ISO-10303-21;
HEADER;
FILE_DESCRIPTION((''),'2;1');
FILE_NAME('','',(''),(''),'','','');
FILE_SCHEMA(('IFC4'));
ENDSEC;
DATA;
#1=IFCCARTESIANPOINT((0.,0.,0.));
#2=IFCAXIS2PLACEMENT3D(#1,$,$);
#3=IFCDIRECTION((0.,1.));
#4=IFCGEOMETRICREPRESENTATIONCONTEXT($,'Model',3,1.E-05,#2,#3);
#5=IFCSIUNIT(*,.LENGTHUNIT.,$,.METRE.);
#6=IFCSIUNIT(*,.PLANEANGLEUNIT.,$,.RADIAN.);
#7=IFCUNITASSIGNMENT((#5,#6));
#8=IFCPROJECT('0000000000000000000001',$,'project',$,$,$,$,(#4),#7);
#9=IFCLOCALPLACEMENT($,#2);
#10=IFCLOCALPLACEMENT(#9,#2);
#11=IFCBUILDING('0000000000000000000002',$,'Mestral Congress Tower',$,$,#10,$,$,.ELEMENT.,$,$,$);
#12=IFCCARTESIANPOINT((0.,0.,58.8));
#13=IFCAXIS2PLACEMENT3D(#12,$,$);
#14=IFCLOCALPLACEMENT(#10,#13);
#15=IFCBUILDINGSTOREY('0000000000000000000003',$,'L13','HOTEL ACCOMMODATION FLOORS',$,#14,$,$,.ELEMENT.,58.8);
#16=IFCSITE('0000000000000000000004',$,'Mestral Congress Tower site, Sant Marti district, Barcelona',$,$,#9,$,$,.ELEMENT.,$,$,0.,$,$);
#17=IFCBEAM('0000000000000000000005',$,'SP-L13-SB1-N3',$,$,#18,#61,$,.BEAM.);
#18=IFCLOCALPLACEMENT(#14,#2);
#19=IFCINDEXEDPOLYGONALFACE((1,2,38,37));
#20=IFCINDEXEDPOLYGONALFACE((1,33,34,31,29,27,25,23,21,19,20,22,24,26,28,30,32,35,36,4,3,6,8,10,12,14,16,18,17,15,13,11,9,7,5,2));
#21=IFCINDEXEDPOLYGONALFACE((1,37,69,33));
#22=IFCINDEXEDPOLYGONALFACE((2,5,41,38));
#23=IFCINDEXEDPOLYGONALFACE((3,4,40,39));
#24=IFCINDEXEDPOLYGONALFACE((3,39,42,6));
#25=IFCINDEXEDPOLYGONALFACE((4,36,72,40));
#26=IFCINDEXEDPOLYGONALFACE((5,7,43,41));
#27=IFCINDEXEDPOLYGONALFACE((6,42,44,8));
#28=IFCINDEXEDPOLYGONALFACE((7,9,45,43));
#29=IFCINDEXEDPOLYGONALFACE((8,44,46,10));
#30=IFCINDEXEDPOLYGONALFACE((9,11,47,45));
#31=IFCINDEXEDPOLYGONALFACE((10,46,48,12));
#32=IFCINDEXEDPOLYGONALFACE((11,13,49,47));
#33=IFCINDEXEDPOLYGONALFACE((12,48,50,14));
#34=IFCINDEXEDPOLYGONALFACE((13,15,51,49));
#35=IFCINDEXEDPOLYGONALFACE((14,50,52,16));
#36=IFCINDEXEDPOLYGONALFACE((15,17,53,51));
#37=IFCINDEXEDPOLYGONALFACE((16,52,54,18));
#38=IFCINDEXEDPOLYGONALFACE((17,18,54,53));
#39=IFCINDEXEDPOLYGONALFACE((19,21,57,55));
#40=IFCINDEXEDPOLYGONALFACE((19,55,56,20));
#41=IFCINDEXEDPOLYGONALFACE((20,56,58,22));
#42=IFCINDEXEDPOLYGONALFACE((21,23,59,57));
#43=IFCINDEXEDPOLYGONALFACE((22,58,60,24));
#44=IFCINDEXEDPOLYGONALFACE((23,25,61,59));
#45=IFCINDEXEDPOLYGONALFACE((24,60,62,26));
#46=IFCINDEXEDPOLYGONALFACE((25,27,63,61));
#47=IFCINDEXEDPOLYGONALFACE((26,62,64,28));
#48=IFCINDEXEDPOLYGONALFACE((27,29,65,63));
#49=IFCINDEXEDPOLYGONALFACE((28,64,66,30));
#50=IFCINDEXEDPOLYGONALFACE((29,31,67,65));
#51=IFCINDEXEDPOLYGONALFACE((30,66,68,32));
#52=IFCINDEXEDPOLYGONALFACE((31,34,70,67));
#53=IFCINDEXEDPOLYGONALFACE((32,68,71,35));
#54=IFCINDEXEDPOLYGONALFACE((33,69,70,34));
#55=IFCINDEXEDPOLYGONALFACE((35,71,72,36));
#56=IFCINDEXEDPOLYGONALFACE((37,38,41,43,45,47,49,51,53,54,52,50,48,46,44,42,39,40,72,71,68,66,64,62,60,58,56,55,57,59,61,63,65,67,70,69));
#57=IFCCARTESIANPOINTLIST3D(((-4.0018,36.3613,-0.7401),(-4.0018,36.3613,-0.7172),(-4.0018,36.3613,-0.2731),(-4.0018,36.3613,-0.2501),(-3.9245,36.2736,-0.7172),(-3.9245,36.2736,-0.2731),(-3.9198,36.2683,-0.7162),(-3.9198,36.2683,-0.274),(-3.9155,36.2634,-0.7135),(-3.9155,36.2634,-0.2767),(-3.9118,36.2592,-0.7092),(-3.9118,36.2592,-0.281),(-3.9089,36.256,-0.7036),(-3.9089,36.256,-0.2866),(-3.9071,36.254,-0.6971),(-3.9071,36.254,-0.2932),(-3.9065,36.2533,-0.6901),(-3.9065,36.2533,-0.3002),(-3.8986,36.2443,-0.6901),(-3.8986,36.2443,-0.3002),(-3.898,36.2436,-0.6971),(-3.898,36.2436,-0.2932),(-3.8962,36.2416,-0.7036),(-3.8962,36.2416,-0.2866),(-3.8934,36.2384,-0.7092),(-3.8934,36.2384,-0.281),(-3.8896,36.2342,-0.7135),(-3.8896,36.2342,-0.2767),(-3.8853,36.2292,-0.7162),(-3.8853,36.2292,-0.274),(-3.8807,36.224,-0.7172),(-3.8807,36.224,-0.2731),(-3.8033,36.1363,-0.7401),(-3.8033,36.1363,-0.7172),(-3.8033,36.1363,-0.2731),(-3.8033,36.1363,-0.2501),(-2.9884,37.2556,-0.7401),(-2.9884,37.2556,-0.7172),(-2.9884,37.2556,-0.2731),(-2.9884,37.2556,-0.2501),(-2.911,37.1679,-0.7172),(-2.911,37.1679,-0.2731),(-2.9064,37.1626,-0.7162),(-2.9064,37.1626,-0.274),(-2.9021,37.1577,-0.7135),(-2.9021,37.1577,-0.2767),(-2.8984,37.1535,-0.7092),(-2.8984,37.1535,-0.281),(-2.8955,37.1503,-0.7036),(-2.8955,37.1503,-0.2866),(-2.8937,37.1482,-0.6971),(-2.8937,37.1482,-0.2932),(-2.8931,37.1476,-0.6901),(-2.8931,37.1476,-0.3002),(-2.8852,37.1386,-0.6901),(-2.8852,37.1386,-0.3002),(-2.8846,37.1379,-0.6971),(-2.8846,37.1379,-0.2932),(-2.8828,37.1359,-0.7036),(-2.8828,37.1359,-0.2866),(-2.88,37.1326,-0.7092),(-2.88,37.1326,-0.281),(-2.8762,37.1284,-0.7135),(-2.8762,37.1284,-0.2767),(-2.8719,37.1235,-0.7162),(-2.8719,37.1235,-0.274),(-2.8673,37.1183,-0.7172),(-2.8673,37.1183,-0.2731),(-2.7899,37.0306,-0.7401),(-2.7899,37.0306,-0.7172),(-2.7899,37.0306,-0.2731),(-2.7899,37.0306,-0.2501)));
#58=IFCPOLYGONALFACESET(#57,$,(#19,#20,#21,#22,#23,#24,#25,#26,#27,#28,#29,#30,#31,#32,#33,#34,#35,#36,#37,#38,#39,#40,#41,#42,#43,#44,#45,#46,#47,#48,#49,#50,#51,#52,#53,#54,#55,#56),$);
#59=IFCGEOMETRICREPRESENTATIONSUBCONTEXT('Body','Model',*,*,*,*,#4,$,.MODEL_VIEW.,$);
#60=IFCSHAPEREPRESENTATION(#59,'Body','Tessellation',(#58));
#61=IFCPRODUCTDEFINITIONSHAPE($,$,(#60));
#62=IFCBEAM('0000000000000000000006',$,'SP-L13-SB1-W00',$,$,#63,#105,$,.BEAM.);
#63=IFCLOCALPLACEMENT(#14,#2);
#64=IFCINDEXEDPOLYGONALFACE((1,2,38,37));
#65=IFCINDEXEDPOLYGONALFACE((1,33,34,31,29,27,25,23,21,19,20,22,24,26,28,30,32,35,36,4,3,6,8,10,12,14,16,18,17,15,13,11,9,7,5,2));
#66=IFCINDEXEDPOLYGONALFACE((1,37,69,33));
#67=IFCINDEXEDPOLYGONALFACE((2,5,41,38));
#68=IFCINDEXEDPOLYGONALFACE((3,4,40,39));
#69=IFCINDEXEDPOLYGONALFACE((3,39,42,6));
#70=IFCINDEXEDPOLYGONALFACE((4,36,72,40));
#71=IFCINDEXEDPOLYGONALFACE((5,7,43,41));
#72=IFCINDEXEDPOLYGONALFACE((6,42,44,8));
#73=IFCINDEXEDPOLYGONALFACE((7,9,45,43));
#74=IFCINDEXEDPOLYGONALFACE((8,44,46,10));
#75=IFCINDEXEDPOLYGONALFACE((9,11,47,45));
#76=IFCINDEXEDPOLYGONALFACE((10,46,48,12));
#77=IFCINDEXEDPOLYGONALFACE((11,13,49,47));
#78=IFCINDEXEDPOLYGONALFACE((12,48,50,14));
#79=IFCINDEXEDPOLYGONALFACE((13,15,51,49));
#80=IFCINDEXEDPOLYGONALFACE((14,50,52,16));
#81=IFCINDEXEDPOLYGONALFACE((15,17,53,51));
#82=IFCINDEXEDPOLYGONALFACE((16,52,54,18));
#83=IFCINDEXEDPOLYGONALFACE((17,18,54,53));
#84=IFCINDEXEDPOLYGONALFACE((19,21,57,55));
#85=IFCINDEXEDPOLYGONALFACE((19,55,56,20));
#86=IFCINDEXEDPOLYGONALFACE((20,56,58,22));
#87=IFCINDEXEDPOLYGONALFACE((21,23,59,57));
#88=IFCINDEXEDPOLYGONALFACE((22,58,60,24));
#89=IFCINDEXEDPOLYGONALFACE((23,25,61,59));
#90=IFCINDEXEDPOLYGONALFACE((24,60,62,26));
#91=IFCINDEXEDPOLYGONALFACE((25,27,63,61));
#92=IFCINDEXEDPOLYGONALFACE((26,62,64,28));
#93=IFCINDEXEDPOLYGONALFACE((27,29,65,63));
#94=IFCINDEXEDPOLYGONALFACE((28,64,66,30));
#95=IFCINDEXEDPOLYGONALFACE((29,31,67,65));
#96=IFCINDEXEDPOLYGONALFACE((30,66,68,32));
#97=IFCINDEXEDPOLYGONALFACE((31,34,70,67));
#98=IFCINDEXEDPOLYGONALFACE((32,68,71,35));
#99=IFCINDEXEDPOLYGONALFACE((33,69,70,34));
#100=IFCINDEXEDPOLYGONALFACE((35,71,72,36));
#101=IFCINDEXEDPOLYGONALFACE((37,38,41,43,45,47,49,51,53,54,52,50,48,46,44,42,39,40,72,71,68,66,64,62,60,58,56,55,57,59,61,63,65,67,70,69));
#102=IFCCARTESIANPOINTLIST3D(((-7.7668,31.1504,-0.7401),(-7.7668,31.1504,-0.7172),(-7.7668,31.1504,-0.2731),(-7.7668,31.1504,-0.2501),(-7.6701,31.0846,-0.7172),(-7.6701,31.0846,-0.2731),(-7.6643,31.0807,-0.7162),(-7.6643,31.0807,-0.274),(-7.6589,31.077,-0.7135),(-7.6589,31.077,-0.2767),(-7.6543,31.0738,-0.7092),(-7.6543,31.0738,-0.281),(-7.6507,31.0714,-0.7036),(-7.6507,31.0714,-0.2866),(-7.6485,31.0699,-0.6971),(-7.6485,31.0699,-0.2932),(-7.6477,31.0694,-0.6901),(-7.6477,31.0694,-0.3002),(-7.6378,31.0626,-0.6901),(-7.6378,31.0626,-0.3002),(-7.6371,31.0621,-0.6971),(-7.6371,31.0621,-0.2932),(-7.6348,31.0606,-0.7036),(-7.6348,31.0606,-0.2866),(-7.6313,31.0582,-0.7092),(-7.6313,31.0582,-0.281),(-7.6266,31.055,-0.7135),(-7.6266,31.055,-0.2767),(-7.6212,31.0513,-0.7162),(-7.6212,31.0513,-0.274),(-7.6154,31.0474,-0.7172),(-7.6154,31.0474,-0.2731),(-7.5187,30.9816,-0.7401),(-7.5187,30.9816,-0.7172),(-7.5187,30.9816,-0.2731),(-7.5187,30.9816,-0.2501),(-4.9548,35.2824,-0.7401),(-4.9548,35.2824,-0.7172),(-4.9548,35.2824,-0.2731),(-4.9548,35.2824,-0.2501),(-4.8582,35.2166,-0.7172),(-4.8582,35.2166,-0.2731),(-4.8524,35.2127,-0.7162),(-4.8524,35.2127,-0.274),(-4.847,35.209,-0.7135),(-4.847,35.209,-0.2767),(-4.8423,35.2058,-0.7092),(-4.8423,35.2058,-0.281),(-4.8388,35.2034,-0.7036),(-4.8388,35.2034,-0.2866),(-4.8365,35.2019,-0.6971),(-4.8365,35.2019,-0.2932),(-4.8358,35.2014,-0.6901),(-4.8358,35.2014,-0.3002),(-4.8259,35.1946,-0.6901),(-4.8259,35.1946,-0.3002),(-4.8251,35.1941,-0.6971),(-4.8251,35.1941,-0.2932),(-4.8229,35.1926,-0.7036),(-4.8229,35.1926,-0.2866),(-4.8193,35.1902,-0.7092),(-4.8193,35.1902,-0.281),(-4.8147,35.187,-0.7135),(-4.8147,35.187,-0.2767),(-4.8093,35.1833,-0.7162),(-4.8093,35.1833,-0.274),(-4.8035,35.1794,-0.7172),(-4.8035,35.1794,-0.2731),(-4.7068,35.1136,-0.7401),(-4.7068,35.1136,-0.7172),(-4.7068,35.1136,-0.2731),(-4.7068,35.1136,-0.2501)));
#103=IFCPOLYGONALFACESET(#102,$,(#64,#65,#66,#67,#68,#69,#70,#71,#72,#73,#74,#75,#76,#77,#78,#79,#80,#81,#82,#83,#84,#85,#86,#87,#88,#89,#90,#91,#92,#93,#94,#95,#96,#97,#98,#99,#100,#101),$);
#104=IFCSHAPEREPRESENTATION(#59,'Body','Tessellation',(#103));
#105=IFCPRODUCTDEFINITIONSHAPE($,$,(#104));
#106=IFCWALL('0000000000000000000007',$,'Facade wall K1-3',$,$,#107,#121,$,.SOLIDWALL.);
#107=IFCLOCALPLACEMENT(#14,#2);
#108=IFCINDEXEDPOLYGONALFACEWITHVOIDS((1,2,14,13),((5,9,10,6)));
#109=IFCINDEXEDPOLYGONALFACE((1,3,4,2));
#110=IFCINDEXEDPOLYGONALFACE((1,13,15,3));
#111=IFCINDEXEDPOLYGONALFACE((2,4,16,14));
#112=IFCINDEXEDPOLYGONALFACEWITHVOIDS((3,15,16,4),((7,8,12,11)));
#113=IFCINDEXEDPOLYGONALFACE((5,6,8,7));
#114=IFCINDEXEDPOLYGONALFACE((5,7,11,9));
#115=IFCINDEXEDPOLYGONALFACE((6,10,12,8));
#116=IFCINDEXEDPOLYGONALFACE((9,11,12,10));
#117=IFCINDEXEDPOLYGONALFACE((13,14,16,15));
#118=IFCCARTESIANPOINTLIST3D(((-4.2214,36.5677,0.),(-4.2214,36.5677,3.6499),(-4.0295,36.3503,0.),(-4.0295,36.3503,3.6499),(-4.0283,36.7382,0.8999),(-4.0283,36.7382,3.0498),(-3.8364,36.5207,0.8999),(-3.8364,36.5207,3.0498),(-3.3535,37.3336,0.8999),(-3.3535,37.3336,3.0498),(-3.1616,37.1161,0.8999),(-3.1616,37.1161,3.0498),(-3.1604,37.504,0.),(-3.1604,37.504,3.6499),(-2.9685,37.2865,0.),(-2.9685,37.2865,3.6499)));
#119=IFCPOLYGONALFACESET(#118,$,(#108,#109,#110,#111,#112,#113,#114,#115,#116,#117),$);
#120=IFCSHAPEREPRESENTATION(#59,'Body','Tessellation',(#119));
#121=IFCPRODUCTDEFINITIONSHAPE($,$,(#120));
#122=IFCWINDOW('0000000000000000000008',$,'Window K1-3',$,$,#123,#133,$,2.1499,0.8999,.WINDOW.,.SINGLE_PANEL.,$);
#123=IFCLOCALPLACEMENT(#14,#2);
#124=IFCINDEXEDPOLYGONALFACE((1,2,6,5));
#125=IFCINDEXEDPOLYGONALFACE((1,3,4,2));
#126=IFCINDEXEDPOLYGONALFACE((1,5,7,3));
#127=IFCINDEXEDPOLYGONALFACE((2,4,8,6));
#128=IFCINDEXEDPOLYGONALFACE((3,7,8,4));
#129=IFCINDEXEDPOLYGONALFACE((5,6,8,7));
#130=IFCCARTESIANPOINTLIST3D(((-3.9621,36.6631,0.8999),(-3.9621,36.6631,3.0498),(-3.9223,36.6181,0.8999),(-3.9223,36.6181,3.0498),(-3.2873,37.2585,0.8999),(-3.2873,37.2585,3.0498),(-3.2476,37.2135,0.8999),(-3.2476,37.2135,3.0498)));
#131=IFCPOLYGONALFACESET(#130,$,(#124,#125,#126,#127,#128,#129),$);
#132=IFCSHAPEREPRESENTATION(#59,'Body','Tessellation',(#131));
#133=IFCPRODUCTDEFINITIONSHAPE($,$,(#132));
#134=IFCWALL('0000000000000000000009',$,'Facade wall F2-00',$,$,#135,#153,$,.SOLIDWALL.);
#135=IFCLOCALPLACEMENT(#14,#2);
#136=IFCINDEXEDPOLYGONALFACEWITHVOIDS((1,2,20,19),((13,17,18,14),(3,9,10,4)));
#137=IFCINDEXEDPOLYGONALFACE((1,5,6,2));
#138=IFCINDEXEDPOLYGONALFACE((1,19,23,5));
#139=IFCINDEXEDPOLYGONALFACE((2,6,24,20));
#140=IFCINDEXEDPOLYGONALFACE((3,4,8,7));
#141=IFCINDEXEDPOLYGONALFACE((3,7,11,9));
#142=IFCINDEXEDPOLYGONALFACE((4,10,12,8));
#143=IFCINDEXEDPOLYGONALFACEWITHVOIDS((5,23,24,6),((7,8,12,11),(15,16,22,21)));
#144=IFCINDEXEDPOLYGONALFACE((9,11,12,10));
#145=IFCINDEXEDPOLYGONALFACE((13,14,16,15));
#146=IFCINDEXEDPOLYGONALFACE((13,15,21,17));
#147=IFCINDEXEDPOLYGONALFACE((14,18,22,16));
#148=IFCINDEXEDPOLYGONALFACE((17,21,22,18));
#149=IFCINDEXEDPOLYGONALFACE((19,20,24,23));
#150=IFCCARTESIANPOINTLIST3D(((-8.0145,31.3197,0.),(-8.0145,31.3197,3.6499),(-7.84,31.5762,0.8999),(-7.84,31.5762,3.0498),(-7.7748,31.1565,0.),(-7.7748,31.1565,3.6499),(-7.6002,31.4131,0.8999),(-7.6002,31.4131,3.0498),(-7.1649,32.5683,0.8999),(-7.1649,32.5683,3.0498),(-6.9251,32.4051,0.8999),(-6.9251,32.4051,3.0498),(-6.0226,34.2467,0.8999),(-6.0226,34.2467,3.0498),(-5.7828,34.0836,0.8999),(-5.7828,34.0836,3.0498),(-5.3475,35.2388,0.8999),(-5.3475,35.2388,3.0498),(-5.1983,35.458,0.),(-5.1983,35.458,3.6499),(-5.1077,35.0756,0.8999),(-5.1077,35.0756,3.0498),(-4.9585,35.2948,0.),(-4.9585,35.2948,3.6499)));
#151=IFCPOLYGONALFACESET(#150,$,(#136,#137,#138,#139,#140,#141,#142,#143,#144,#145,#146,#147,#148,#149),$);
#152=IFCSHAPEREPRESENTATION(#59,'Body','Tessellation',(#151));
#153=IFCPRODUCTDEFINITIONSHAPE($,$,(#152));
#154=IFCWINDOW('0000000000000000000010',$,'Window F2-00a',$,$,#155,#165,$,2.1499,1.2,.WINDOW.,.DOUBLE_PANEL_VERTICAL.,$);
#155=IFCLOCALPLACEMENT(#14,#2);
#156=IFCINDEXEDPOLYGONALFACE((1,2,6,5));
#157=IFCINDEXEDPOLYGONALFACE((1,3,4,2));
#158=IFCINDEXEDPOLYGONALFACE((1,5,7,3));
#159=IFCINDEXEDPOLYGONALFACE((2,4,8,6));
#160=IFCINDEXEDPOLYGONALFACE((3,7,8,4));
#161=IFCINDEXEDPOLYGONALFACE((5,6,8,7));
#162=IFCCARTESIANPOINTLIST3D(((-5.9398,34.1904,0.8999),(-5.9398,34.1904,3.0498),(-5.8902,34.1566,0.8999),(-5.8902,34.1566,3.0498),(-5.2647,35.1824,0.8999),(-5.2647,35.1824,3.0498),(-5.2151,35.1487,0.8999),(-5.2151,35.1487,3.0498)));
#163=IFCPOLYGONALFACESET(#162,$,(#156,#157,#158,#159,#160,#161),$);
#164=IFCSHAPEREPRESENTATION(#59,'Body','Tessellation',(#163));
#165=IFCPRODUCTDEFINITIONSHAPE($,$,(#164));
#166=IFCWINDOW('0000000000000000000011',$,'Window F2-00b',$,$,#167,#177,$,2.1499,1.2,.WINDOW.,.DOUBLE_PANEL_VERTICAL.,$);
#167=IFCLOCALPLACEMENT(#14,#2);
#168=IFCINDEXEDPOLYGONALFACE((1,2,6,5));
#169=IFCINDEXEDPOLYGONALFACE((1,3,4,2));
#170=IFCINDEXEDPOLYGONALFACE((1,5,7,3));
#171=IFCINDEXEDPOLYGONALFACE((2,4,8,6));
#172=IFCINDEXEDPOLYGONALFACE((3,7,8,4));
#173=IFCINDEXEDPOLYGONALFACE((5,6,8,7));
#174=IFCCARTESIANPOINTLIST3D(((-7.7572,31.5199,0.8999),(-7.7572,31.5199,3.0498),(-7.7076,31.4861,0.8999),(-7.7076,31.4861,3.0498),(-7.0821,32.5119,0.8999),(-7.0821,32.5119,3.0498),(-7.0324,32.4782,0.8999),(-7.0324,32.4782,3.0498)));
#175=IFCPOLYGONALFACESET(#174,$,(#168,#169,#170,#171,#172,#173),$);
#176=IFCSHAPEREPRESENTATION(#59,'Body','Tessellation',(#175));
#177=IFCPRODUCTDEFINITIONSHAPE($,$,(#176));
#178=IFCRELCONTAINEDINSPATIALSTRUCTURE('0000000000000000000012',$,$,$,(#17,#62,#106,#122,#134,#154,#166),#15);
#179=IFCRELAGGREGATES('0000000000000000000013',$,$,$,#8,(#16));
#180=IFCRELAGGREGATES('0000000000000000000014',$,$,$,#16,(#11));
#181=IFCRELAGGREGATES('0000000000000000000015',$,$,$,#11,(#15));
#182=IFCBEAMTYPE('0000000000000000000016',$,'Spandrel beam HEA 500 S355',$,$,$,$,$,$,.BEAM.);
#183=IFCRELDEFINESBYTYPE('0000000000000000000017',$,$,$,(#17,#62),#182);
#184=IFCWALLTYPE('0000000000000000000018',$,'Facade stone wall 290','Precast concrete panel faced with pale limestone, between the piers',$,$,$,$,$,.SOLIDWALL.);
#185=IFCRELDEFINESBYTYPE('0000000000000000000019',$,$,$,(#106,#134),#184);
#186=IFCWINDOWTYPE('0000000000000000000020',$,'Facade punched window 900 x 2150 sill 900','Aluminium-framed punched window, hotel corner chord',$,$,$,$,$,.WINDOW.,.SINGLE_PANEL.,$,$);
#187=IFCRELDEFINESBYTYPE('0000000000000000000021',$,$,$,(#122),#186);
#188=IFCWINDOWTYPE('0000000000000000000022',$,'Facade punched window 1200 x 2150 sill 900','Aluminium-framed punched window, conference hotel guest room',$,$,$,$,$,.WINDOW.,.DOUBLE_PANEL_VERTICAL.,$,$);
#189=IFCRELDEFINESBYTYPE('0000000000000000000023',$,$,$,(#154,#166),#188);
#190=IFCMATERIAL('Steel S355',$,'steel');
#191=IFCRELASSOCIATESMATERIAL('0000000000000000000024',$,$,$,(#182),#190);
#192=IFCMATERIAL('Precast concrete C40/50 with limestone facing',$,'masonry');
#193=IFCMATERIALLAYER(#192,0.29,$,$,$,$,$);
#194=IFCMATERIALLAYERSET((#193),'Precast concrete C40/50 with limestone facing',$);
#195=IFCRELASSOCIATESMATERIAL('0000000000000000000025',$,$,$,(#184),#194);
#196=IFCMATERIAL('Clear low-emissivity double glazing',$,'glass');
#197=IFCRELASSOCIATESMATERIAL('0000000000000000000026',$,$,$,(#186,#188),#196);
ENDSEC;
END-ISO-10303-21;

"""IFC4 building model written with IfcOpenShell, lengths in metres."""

from ifc_helpers import new_model, si_unit, direction, frame, frame_2d, origin, origin_2d, place, context, subcontext, project, spatial, rectangle, i_section, extrude, material, layer, layer_set, material_profile, profile_set, type_object, element, fill, save


model = new_model("IFC4")

# Units and contexts
model_context = context("Model", 3, precision=1e-05, world=origin(), true_north=direction((0.0, 1.0)))
body_context = subcontext(model_context, "Body", "Model", "MODEL_VIEW")
ifc_project = project(units=[si_unit("LENGTHUNIT", "METRE"), si_unit("PLANEANGLEUNIT", "RADIAN")], contexts=[model_context])

# Site, building, storey
site_placement = place(None, origin())
site = spatial("IfcSite", under=ifc_project, at=site_placement, Name="Mestral Congress Tower site, Sant Marti district, Barcelona", CompositionType="ELEMENT", RefElevation=0.0)
building_placement = place(site_placement, origin())
building = spatial("IfcBuilding", under=site, at=building_placement, Name="Mestral Congress Tower", CompositionType="ELEMENT")
storey_placement = place(building_placement, frame((0.0, 0.0, 58.8)))
storey = spatial("IfcBuildingStorey", under=building, at=storey_placement, Name="L13", Description="HOTEL ACCOMMODATION FLOORS", CompositionType="ELEMENT", Elevation=58.8)

# Beams
ifc_material_1 = material(Name="Steel S355", Category="steel")
ifc_material_profile_1 = material_profile(ifc_material_1, i_section(OverallWidth=0.3, OverallDepth=0.49, WebThickness=0.012, FlangeThickness=0.0229, FilletRadius=0.0271, at=origin_2d()), Name="HEA 500")
ifc_profile_set_1 = profile_set([ifc_material_profile_1], Name="Steel S355")
beam_type_1 = type_object("IfcBeamType", Name="Spandrel beam HEA 500 S355", PredefinedType="BEAM", material=ifc_profile_set_1)
beam_1_placement = place(storey_placement, frame((-2.8892, 37.1431, -0.4951), z_axis=(-0.749806, -0.661657, 0.0), x_axis=(0.661657, -0.749806, 0.0)))
element("IfcBeam", 1, at=beam_1_placement, inside=storey, type_object=beam_type_1, Name="SP-L13-SB1-N3", PredefinedType="BEAM", context=body_context, shape_type="SweptSolid", body=[
    extrude(i_section(OverallWidth=0.3, OverallDepth=0.49, WebThickness=0.012, FlangeThickness=0.0229, FilletRadius=0.0271, at=origin_2d()), origin(), (0.0, 0.0, 1.0), 1.3516),
])
beam_2_placement = place(storey_placement, frame((-4.8308, 35.198, -0.4951), z_axis=(-0.562611, -0.826722, 0.0), x_axis=(0.826722, -0.562611, 0.0)))
element("IfcBeam", 2, at=beam_2_placement, inside=storey, type_object=beam_type_1, Name="SP-L13-SB1-W00", PredefinedType="BEAM", context=body_context, shape_type="SweptSolid", body=[
    extrude(i_section(OverallWidth=0.3, OverallDepth=0.49, WebThickness=0.012, FlangeThickness=0.0229, FilletRadius=0.0271, at=origin_2d()), origin(), (0.0, 0.0, 1.0), 4.998),
])

# Wall, opening, window
ifc_material_2 = material(Name="Precast concrete C40/50 with limestone facing", Category="masonry")
ifc_layer_1 = layer(ifc_material_2, 0.29)
ifc_layer_set_1 = layer_set([ifc_layer_1], Name="Precast concrete C40/50 with limestone facing")
wall_type_1 = type_object("IfcWallType", Name="Facade stone wall 290", Description="Precast concrete panel faced with pale limestone, between the piers", PredefinedType="SOLIDWALL", material=ifc_layer_set_1)
wall_1_placement = place(storey_placement, frame((-3.0645, 37.3953, 0.0), z_axis=(0.0, 0.0, 1.0), x_axis=(-0.749813, -0.66165, 0.0)))
wall_1 = element("IfcWall", 3, at=wall_1_placement, inside=storey, type_object=wall_type_1, Name="Facade wall K1-3", PredefinedType="SOLIDWALL", context=body_context, shape_type="SweptSolid", body=[
    extrude(rectangle(XDim=1.415, YDim=0.29, at=frame_2d((0.7075, 0.0))), origin(), (0.0, 0.0, 1.0), 3.6499),
])
opening_1_placement = place(wall_1_placement, frame((0.2576, 0.0, 0.8999)))
opening_1 = element("IfcOpeningElement", 4, at=opening_1_placement, cuts=wall_1, PredefinedType="OPENING", context=body_context, shape_type="SweptSolid", body=[
    extrude(rectangle(XDim=0.8999, YDim=2.1499, at=frame_2d((0.45, 1.075))), frame((0.0, 0.155, 0.0), z_axis=(0.0, -1.0, 0.0), x_axis=(1.0, 0.0, 0.0)), (0.0, 0.0, 1.0), 0.3101),
])
ifc_material_3 = material(Name="Clear low-emissivity double glazing", Category="glass")
window_type_1 = type_object("IfcWindowType", Name="Facade punched window 900 x 2150 sill 900", Description="Aluminium-framed punched window, hotel corner chord", PartitioningType="SINGLE_PANEL", PredefinedType="WINDOW", material=ifc_material_3)
window_1_placement = place(opening_1_placement, origin())
window_1 = element("IfcWindow", 5, at=window_1_placement, inside=storey, type_object=window_type_1, Name="Window K1-3", OverallHeight=2.1499, OverallWidth=0.8999, PartitioningType="SINGLE_PANEL", PredefinedType="WINDOW", context=body_context, shape_type="SweptSolid", body=[
    extrude(rectangle(XDim=0.8999, YDim=2.1499, at=frame_2d((0.45, 1.075))), frame((0.0, 0.0151, 0.0), z_axis=(0.0, -1.0, 0.0), x_axis=(1.0, 0.0, 0.0)), (0.0, 0.0, 1.0), 0.0601),
])
fill(opening_1, window_1)

# Wall, openings, windows
wall_2_placement = place(storey_placement, frame((-5.0784, 35.3765, 0.0), z_axis=(0.0, 0.0, 1.0), x_axis=(-0.56261, -0.826722, 0.0)))
wall_2 = element("IfcWall", 6, at=wall_2_placement, inside=storey, type_object=wall_type_1, Name="Facade wall F2-00", PredefinedType="SOLIDWALL", context=body_context, shape_type="SweptSolid", body=[
    extrude(rectangle(XDim=5.0056, YDim=0.29, at=frame_2d((2.5029, 0.0))), origin(), (0.0, 0.0, 1.0), 3.6499),
])
opening_2_placement = place(wall_2_placement, frame((0.2651, 0.0, 0.8999)))
opening_2 = element("IfcOpeningElement", 7, at=opening_2_placement, cuts=wall_2, PredefinedType="OPENING", context=body_context, shape_type="SweptSolid", body=[
    extrude(rectangle(XDim=1.2, YDim=2.1499, at=frame_2d((0.6001, 1.075))), frame((0.0, 0.155, 0.0), z_axis=(0.0, -1.0, 0.0), x_axis=(1.0, 0.0, 0.0)), (0.0, 0.0, 1.0), 0.3101),
])
opening_3_placement = place(wall_2_placement, frame((3.4954, 0.0, 0.8999)))
opening_3 = element("IfcOpeningElement", 8, at=opening_3_placement, cuts=wall_2, PredefinedType="OPENING", context=body_context, shape_type="SweptSolid", body=[
    extrude(rectangle(XDim=1.2, YDim=2.1499, at=frame_2d((0.6001, 1.075))), frame((0.0, 0.155, 0.0), z_axis=(0.0, -1.0, 0.0), x_axis=(1.0, 0.0, 0.0)), (0.0, 0.0, 1.0), 0.3101),
])
window_type_2 = type_object("IfcWindowType", Name="Facade punched window 1200 x 2150 sill 900", Description="Aluminium-framed punched window, conference hotel guest room", PartitioningType="DOUBLE_PANEL_VERTICAL", PredefinedType="WINDOW", material=ifc_material_3)
window_2_placement = place(opening_2_placement, origin())
window_2 = element("IfcWindow", 9, at=window_2_placement, inside=storey, type_object=window_type_2, Name="Window F2-00a", OverallHeight=2.1499, OverallWidth=1.2, PartitioningType="DOUBLE_PANEL_VERTICAL", PredefinedType="WINDOW", context=body_context, shape_type="SweptSolid", body=[
    extrude(rectangle(XDim=1.2, YDim=2.1499, at=frame_2d((0.6001, 1.075))), frame((0.0, 0.0151, 0.0), z_axis=(0.0, -1.0, 0.0), x_axis=(1.0, 0.0, 0.0)), (0.0, 0.0, 1.0), 0.0601),
])
fill(opening_2, window_2)
window_3_placement = place(opening_3_placement, origin())
window_3 = element("IfcWindow", 10, at=window_3_placement, inside=storey, type_object=window_type_2, Name="Window F2-00b", OverallHeight=2.1499, OverallWidth=1.2, PartitioningType="DOUBLE_PANEL_VERTICAL", PredefinedType="WINDOW", context=body_context, shape_type="SweptSolid", body=[
    extrude(rectangle(XDim=1.2, YDim=2.1499, at=frame_2d((0.6001, 1.075))), frame((0.0, 0.0151, 0.0), z_axis=(0.0, -1.0, 0.0), x_axis=(1.0, 0.0, 0.0)), (0.0, 0.0, 1.0), 0.0601),
])
fill(opening_3, window_3)

save(model, "model.ifc")
